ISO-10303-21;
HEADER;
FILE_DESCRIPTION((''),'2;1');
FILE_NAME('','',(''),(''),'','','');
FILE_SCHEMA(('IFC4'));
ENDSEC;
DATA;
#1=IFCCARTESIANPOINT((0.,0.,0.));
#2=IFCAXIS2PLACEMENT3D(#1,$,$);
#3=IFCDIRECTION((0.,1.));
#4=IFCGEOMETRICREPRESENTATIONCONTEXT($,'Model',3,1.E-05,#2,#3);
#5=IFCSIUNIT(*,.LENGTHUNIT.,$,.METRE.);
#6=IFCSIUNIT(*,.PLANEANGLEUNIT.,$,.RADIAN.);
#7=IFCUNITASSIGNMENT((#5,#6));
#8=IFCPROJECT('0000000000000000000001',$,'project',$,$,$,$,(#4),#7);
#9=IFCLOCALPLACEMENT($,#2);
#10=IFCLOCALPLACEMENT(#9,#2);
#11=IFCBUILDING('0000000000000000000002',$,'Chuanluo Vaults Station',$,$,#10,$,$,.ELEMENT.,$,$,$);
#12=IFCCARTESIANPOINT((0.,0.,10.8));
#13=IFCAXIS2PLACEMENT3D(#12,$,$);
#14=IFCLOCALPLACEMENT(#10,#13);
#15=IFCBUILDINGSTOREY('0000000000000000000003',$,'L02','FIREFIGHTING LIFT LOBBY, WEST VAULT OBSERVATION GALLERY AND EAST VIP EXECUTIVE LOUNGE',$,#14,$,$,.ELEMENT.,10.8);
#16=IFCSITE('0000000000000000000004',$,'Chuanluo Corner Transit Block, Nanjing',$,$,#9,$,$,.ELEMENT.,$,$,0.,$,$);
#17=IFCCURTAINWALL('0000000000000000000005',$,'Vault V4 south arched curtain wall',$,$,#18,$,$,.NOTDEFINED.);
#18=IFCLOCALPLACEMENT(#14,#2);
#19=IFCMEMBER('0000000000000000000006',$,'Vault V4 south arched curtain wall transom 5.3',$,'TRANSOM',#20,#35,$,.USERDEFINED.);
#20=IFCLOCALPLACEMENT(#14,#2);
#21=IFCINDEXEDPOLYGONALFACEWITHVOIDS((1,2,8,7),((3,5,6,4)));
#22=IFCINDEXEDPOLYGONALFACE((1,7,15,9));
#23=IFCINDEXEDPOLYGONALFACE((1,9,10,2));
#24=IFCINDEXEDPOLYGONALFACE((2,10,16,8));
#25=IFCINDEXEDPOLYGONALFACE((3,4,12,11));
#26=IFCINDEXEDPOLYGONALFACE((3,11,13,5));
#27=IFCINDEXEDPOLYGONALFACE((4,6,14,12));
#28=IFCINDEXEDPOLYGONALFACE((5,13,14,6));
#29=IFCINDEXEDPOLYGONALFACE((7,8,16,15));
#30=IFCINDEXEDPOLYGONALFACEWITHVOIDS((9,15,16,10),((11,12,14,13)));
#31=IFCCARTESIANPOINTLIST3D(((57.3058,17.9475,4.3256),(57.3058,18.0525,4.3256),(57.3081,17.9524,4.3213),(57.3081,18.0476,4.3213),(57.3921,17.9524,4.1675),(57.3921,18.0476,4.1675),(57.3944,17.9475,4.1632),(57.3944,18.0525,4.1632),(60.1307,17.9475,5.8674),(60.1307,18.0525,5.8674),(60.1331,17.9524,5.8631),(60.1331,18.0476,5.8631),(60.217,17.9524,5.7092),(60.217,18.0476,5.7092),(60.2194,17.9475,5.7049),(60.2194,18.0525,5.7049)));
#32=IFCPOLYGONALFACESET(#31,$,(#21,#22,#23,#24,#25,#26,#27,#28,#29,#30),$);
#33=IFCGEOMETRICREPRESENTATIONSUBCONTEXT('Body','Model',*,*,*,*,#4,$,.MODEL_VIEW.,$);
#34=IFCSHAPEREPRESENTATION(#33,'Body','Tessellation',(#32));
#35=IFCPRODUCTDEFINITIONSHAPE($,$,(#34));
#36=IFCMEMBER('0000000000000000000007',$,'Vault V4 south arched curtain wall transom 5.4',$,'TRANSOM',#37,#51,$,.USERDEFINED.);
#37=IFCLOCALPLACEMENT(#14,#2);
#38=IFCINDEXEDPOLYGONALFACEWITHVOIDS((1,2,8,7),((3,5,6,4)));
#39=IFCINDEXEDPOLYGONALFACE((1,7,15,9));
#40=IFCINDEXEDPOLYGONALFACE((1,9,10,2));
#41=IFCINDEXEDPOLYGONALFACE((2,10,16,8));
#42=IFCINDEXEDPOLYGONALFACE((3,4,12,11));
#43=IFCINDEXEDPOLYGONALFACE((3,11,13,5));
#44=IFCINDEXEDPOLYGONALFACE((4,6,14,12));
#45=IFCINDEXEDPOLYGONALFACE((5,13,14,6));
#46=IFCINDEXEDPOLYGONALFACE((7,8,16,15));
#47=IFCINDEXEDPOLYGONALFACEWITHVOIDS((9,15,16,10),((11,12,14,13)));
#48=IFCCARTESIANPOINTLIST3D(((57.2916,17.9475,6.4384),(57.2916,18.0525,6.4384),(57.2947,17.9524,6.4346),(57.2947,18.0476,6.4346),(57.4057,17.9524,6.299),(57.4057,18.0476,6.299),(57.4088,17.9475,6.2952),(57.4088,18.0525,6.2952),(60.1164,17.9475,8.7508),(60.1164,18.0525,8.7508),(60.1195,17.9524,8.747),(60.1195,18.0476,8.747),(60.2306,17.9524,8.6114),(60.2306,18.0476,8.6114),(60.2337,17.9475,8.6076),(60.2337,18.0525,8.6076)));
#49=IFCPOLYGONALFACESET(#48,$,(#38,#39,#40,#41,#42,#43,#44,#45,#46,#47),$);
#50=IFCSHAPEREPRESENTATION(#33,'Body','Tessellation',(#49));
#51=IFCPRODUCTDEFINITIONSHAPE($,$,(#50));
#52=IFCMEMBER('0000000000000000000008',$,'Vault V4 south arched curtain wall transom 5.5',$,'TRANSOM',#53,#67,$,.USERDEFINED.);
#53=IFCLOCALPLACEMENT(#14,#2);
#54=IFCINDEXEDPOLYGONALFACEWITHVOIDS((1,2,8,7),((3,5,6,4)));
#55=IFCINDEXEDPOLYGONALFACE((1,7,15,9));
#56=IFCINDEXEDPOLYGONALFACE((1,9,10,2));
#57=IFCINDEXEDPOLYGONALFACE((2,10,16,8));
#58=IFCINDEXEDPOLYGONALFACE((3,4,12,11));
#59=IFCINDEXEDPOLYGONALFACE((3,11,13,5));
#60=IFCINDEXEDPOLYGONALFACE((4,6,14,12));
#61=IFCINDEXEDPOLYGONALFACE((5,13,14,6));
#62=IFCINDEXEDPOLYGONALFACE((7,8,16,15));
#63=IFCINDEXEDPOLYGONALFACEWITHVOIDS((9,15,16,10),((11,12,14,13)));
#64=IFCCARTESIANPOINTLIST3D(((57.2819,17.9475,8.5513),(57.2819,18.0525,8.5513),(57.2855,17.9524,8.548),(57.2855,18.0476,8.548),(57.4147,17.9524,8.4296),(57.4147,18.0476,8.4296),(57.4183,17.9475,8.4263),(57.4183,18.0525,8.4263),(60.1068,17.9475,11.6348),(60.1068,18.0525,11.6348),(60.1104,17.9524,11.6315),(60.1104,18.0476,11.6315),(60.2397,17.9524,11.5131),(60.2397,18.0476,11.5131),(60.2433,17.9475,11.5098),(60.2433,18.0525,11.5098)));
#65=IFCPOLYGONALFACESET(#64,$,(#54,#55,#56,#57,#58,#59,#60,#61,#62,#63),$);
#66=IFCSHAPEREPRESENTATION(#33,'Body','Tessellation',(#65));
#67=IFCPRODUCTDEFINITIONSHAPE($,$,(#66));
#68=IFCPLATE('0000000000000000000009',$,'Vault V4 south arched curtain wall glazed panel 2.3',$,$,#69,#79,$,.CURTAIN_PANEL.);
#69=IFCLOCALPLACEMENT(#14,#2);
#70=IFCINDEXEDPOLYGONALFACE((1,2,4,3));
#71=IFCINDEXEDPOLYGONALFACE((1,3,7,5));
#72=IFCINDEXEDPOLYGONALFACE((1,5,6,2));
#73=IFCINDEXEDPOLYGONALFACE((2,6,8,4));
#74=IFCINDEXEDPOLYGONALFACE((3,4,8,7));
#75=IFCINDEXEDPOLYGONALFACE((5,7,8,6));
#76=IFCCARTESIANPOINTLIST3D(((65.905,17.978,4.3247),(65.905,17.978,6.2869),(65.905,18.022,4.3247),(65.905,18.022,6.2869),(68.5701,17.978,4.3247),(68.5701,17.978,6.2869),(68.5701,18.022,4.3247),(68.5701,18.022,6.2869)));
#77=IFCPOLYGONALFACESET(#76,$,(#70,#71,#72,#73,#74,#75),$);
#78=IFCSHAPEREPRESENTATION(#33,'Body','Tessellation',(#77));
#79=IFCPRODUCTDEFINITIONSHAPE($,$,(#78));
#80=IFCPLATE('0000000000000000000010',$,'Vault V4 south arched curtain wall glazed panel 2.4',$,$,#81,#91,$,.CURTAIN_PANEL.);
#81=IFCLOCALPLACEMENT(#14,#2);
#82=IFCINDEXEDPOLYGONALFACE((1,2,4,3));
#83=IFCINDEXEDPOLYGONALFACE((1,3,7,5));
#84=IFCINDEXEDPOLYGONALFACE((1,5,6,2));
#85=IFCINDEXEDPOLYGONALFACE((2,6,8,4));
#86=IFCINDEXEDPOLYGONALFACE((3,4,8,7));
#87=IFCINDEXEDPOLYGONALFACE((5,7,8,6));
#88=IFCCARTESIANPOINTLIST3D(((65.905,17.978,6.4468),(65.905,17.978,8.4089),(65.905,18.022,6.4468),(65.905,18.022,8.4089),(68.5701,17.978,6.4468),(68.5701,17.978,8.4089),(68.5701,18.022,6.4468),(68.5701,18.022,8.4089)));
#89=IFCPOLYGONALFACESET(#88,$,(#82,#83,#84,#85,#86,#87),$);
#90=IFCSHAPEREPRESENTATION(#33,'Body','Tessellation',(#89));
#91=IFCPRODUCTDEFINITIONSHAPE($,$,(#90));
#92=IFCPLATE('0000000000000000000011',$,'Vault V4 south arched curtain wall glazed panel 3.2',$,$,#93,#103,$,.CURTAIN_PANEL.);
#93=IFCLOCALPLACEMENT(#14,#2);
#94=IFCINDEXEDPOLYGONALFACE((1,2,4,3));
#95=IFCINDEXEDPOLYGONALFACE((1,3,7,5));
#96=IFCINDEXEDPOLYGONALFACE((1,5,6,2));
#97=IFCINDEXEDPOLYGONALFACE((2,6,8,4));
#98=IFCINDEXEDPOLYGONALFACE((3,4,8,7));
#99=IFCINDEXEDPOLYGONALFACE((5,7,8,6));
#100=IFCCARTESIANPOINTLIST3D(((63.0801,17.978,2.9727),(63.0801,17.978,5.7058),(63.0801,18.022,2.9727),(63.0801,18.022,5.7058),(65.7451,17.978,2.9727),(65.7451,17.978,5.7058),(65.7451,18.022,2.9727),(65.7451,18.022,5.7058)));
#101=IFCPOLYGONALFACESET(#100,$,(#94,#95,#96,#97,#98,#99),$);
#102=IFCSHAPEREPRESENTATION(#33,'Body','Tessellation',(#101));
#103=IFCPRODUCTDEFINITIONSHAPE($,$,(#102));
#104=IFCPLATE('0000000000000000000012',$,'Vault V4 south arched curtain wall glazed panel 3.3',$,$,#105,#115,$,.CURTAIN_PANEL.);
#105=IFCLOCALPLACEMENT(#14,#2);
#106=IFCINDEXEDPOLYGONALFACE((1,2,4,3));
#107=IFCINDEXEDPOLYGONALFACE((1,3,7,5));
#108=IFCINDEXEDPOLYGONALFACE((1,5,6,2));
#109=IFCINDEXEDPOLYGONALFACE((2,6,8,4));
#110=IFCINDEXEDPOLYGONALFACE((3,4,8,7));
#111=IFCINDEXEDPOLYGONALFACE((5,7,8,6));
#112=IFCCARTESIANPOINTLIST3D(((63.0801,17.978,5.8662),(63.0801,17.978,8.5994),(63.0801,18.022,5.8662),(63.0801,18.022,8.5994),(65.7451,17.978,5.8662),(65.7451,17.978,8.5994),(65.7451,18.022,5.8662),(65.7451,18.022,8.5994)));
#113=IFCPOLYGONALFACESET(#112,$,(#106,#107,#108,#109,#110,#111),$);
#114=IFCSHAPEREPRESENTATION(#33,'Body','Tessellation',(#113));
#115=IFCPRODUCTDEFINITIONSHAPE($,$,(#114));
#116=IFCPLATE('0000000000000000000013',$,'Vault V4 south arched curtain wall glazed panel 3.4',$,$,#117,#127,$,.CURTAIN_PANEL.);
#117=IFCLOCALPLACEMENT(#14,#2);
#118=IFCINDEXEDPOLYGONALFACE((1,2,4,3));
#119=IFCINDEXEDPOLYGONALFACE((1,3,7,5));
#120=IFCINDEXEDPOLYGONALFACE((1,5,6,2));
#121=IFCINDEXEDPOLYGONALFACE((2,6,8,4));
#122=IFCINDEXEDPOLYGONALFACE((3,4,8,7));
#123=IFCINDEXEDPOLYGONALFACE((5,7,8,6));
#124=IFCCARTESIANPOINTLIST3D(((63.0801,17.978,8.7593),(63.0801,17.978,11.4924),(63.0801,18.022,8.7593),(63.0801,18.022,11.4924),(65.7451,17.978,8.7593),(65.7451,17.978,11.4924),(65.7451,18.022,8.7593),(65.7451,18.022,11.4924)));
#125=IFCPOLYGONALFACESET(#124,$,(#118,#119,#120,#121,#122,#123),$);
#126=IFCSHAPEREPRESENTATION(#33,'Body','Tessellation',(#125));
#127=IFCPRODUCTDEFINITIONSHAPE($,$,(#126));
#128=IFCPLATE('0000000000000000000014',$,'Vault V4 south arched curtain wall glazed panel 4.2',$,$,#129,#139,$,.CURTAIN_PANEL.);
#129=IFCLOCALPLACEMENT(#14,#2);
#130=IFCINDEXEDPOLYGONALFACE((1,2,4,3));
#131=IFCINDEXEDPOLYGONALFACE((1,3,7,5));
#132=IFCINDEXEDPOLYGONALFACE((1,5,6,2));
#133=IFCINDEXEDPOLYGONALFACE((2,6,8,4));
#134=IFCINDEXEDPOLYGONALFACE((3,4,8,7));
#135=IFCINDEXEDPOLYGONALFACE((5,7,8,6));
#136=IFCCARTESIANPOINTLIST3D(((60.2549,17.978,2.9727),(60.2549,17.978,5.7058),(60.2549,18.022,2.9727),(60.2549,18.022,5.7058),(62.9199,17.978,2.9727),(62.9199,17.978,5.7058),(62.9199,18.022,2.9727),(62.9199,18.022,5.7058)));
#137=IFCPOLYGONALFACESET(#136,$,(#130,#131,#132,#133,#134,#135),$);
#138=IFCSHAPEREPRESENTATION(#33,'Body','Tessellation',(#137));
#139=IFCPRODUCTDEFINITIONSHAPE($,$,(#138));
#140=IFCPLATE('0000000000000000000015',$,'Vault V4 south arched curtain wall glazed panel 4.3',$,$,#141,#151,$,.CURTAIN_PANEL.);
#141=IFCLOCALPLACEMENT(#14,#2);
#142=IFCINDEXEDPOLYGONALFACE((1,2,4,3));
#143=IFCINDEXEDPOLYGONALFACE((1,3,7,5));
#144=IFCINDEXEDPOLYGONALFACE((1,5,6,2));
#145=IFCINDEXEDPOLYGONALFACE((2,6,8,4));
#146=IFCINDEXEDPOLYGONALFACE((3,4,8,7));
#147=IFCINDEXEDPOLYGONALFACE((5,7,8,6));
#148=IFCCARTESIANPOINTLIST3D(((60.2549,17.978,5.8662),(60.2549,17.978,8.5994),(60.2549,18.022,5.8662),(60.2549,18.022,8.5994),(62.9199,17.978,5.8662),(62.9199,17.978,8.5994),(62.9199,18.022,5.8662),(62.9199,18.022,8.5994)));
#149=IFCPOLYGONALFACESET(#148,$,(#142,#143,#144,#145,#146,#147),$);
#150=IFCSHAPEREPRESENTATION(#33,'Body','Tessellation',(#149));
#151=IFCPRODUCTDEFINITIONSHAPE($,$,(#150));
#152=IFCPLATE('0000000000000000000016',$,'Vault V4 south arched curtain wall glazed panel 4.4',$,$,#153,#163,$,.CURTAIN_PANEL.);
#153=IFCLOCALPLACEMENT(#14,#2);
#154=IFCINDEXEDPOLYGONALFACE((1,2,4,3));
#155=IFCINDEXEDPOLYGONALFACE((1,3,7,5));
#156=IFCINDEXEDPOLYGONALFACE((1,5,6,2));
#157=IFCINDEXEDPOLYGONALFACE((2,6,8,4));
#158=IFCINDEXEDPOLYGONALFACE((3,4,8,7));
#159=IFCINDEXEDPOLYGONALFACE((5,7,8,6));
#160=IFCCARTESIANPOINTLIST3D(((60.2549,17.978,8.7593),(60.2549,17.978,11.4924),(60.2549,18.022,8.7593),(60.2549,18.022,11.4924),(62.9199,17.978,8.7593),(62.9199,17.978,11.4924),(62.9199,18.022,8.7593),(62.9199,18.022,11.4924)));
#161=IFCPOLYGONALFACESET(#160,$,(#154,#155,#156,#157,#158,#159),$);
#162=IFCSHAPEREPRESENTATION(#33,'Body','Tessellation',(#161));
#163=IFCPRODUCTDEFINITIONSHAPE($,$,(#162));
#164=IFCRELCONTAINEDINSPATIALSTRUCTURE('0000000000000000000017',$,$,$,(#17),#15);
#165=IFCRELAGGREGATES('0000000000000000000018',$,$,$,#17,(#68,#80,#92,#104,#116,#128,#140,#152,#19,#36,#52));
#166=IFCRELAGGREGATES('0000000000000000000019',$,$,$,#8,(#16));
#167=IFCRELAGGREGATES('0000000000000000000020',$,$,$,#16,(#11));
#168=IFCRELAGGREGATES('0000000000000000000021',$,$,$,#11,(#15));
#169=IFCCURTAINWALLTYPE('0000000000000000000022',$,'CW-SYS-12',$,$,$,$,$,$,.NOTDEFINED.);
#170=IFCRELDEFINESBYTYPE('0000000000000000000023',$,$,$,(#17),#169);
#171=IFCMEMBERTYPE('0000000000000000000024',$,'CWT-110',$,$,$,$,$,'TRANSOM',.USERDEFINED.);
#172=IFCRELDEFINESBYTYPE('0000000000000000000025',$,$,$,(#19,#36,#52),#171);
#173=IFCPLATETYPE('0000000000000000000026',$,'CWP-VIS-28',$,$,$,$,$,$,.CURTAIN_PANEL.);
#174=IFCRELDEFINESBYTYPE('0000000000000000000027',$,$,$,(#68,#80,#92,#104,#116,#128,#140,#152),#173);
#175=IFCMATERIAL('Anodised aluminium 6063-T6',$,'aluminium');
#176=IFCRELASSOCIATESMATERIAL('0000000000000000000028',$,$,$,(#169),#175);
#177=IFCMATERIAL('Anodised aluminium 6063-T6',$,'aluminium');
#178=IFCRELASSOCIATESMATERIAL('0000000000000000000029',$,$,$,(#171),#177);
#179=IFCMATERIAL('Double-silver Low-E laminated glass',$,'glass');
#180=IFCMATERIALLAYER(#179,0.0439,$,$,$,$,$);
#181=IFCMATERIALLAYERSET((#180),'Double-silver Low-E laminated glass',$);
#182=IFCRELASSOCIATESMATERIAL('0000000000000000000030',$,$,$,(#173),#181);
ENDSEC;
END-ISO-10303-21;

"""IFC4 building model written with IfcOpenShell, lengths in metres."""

from ifc_helpers import new_model, si_unit, direction, frame, origin, origin_2d, place, context, subcontext, project, spatial, rectangle, hollow_rectangle, extrude, material, layer, layer_set, material_profile, profile_set, type_object, element, aggregate, save


model = new_model("IFC4")

# Units and contexts
model_context = context("Model", 3, precision=1e-05, world=origin(), true_north=direction((0.0, 1.0)))
body_context = subcontext(model_context, "Body", "Model", "MODEL_VIEW")
ifc_project = project(units=[si_unit("LENGTHUNIT", "METRE"), si_unit("PLANEANGLEUNIT", "RADIAN")], contexts=[model_context])

# Site, building, storey
site_placement = place(None, origin())
site = spatial("IfcSite", under=ifc_project, at=site_placement, Name="Chuanluo Corner Transit Block, Nanjing", CompositionType="ELEMENT", RefElevation=0.0)
building_placement = place(site_placement, origin())
building = spatial("IfcBuilding", under=site, at=building_placement, Name="Chuanluo Vaults Station", CompositionType="ELEMENT")
storey_placement = place(building_placement, frame((0.0, 0.0, 10.8)))
storey = spatial("IfcBuildingStorey", under=building, at=storey_placement, Name="L02", Description="FIREFIGHTING LIFT LOBBY, WEST VAULT OBSERVATION GALLERY AND EAST VIP EXECUTIVE LOUNGE", CompositionType="ELEMENT", Elevation=10.8)

# Curtain wall, members, plates
ifc_material_1 = material(Name="Anodised aluminium 6063-T6", Category="aluminium")
curtain_wall_type = type_object("IfcCurtainWallType", Name="CW-SYS-12", PredefinedType="NOTDEFINED", material=ifc_material_1)
curtain_wall_placement = place(storey_placement, origin())
curtain_wall = element("IfcCurtainWall", 1, at=curtain_wall_placement, inside=storey, type_object=curtain_wall_type, Name="Vault V4 south arched curtain wall", PredefinedType="NOTDEFINED")
ifc_material_2 = material(Name="Anodised aluminium 6063-T6", Category="aluminium")
ifc_material_profile = material_profile(ifc_material_2, hollow_rectangle(XDim=0.105, YDim=0.1851, WallThickness=0.0049, at=origin_2d()))
ifc_profile_set = profile_set([ifc_material_profile], Name="Anodised aluminium 6063-T6")
member_type = type_object("IfcMemberType", Name="CWT-110", ElementType="TRANSOM", PredefinedType="USERDEFINED", material=ifc_profile_set)
member_1_placement = place(storey_placement, frame((60.175, 18.0, 5.7861), z_axis=(-0.877782, 0.0, -0.479059), x_axis=(0.0, -1.0, 0.0)))
member_1 = element("IfcMember", 2, at=member_1_placement, type_object=member_type, Name="Vault V4 south arched curtain wall transom 5.3", ObjectType="TRANSOM", PredefinedType="USERDEFINED", context=body_context, shape_type="SweptSolid", body=[
    extrude(hollow_rectangle(XDim=0.105, YDim=0.1851, WallThickness=0.0049, at=origin_2d()), origin(), (0.0, 0.0, 1.0), 3.2183),
])
member_2_placement = place(storey_placement, frame((60.175, 18.0, 8.6792), z_axis=(-0.773799, 0.0, -0.633431), x_axis=(0.0, -1.0, 0.0)))
member_2 = element("IfcMember", 3, at=member_2_placement, type_object=member_type, Name="Vault V4 south arched curtain wall transom 5.4", ObjectType="TRANSOM", PredefinedType="USERDEFINED", context=body_context, shape_type="SweptSolid", body=[
    extrude(hollow_rectangle(XDim=0.105, YDim=0.1851, WallThickness=0.0049, at=origin_2d()), origin(), (0.0, 0.0, 1.0), 3.6506),
])
member_3_placement = place(storey_placement, frame((60.175, 18.0, 11.5723), z_axis=(-0.675518, 0.0, -0.737343), x_axis=(0.0, -1.0, 0.0)))
member_3 = element("IfcMember", 4, at=member_3_placement, type_object=member_type, Name="Vault V4 south arched curtain wall transom 5.5", ObjectType="TRANSOM", PredefinedType="USERDEFINED", context=body_context, shape_type="SweptSolid", body=[
    extrude(hollow_rectangle(XDim=0.105, YDim=0.1851, WallThickness=0.0049, at=origin_2d()), origin(), (0.0, 0.0, 1.0), 4.1819),
])
ifc_material_3 = material(Name="Double-silver Low-E laminated glass", Category="glass")
ifc_layer = layer(ifc_material_3, 0.0439)
ifc_layer_set = layer_set([ifc_layer], Name="Double-silver Low-E laminated glass")
plate_type = type_object("IfcPlateType", Name="CWP-VIS-28", PredefinedType="CURTAIN_PANEL", material=ifc_layer_set)
plate_1_placement = place(storey_placement, frame((67.2375, 18.0, 4.3247), z_axis=(0.0, 0.0, 1.0), x_axis=(-1.0, 0.0, 0.0)))
plate_1 = element("IfcPlate", 5, at=plate_1_placement, type_object=plate_type, Name="Vault V4 south arched curtain wall glazed panel 2.3", PredefinedType="CURTAIN_PANEL", context=body_context, shape_type="SweptSolid", body=[
    extrude(rectangle(XDim=2.665, YDim=0.0439, at=origin_2d()), origin(), (0.0, 0.0, 1.0), 1.9622),
])
plate_2_placement = place(storey_placement, frame((67.2375, 18.0, 6.4468), z_axis=(0.0, 0.0, 1.0), x_axis=(-1.0, 0.0, 0.0)))
plate_2 = element("IfcPlate", 6, at=plate_2_placement, type_object=plate_type, Name="Vault V4 south arched curtain wall glazed panel 2.4", PredefinedType="CURTAIN_PANEL", context=body_context, shape_type="SweptSolid", body=[
    extrude(rectangle(XDim=2.665, YDim=0.0439, at=origin_2d()), origin(), (0.0, 0.0, 1.0), 1.9622),
])
plate_3_placement = place(storey_placement, frame((64.4126, 18.0, 2.9727), z_axis=(0.0, 0.0, 1.0), x_axis=(-1.0, 0.0, 0.0)))
plate_3 = element("IfcPlate", 7, at=plate_3_placement, type_object=plate_type, Name="Vault V4 south arched curtain wall glazed panel 3.2", PredefinedType="CURTAIN_PANEL", context=body_context, shape_type="SweptSolid", body=[
    extrude(rectangle(XDim=2.665, YDim=0.0439, at=origin_2d()), origin(), (0.0, 0.0, 1.0), 2.7332),
])
plate_4_placement = place(storey_placement, frame((64.4126, 18.0, 5.8662), z_axis=(0.0, 0.0, 1.0), x_axis=(-1.0, 0.0, 0.0)))
plate_4 = element("IfcPlate", 8, at=plate_4_placement, type_object=plate_type, Name="Vault V4 south arched curtain wall glazed panel 3.3", PredefinedType="CURTAIN_PANEL", context=body_context, shape_type="SweptSolid", body=[
    extrude(rectangle(XDim=2.665, YDim=0.0439, at=origin_2d()), origin(), (0.0, 0.0, 1.0), 2.7332),
])
plate_5_placement = place(storey_placement, frame((64.4126, 18.0, 8.7593), z_axis=(0.0, 0.0, 1.0), x_axis=(-1.0, 0.0, 0.0)))
plate_5 = element("IfcPlate", 9, at=plate_5_placement, type_object=plate_type, Name="Vault V4 south arched curtain wall glazed panel 3.4", PredefinedType="CURTAIN_PANEL", context=body_context, shape_type="SweptSolid", body=[
    extrude(rectangle(XDim=2.665, YDim=0.0439, at=origin_2d()), origin(), (0.0, 0.0, 1.0), 2.7332),
])
plate_6_placement = place(storey_placement, frame((61.5874, 18.0, 2.9727), z_axis=(0.0, 0.0, 1.0), x_axis=(-1.0, 0.0, 0.0)))
plate_6 = element("IfcPlate", 10, at=plate_6_placement, type_object=plate_type, Name="Vault V4 south arched curtain wall glazed panel 4.2", PredefinedType="CURTAIN_PANEL", context=body_context, shape_type="SweptSolid", body=[
    extrude(rectangle(XDim=2.665, YDim=0.0439, at=origin_2d()), origin(), (0.0, 0.0, 1.0), 2.7332),
])
plate_7_placement = place(storey_placement, frame((61.5874, 18.0, 5.8662), z_axis=(0.0, 0.0, 1.0), x_axis=(-1.0, 0.0, 0.0)))
plate_7 = element("IfcPlate", 11, at=plate_7_placement, type_object=plate_type, Name="Vault V4 south arched curtain wall glazed panel 4.3", PredefinedType="CURTAIN_PANEL", context=body_context, shape_type="SweptSolid", body=[
    extrude(rectangle(XDim=2.665, YDim=0.0439, at=origin_2d()), origin(), (0.0, 0.0, 1.0), 2.7332),
])
plate_8_placement = place(storey_placement, frame((61.5874, 18.0, 8.7593), z_axis=(0.0, 0.0, 1.0), x_axis=(-1.0, 0.0, 0.0)))
plate_8 = element("IfcPlate", 12, at=plate_8_placement, type_object=plate_type, Name="Vault V4 south arched curtain wall glazed panel 4.4", PredefinedType="CURTAIN_PANEL", context=body_context, shape_type="SweptSolid", body=[
    extrude(rectangle(XDim=2.665, YDim=0.0439, at=origin_2d()), origin(), (0.0, 0.0, 1.0), 2.7332),
])
aggregate(curtain_wall, [plate_1, plate_2, plate_3, plate_4, plate_5, plate_6, plate_7, plate_8, member_1, member_2, member_3])

save(model, "model.ifc")
